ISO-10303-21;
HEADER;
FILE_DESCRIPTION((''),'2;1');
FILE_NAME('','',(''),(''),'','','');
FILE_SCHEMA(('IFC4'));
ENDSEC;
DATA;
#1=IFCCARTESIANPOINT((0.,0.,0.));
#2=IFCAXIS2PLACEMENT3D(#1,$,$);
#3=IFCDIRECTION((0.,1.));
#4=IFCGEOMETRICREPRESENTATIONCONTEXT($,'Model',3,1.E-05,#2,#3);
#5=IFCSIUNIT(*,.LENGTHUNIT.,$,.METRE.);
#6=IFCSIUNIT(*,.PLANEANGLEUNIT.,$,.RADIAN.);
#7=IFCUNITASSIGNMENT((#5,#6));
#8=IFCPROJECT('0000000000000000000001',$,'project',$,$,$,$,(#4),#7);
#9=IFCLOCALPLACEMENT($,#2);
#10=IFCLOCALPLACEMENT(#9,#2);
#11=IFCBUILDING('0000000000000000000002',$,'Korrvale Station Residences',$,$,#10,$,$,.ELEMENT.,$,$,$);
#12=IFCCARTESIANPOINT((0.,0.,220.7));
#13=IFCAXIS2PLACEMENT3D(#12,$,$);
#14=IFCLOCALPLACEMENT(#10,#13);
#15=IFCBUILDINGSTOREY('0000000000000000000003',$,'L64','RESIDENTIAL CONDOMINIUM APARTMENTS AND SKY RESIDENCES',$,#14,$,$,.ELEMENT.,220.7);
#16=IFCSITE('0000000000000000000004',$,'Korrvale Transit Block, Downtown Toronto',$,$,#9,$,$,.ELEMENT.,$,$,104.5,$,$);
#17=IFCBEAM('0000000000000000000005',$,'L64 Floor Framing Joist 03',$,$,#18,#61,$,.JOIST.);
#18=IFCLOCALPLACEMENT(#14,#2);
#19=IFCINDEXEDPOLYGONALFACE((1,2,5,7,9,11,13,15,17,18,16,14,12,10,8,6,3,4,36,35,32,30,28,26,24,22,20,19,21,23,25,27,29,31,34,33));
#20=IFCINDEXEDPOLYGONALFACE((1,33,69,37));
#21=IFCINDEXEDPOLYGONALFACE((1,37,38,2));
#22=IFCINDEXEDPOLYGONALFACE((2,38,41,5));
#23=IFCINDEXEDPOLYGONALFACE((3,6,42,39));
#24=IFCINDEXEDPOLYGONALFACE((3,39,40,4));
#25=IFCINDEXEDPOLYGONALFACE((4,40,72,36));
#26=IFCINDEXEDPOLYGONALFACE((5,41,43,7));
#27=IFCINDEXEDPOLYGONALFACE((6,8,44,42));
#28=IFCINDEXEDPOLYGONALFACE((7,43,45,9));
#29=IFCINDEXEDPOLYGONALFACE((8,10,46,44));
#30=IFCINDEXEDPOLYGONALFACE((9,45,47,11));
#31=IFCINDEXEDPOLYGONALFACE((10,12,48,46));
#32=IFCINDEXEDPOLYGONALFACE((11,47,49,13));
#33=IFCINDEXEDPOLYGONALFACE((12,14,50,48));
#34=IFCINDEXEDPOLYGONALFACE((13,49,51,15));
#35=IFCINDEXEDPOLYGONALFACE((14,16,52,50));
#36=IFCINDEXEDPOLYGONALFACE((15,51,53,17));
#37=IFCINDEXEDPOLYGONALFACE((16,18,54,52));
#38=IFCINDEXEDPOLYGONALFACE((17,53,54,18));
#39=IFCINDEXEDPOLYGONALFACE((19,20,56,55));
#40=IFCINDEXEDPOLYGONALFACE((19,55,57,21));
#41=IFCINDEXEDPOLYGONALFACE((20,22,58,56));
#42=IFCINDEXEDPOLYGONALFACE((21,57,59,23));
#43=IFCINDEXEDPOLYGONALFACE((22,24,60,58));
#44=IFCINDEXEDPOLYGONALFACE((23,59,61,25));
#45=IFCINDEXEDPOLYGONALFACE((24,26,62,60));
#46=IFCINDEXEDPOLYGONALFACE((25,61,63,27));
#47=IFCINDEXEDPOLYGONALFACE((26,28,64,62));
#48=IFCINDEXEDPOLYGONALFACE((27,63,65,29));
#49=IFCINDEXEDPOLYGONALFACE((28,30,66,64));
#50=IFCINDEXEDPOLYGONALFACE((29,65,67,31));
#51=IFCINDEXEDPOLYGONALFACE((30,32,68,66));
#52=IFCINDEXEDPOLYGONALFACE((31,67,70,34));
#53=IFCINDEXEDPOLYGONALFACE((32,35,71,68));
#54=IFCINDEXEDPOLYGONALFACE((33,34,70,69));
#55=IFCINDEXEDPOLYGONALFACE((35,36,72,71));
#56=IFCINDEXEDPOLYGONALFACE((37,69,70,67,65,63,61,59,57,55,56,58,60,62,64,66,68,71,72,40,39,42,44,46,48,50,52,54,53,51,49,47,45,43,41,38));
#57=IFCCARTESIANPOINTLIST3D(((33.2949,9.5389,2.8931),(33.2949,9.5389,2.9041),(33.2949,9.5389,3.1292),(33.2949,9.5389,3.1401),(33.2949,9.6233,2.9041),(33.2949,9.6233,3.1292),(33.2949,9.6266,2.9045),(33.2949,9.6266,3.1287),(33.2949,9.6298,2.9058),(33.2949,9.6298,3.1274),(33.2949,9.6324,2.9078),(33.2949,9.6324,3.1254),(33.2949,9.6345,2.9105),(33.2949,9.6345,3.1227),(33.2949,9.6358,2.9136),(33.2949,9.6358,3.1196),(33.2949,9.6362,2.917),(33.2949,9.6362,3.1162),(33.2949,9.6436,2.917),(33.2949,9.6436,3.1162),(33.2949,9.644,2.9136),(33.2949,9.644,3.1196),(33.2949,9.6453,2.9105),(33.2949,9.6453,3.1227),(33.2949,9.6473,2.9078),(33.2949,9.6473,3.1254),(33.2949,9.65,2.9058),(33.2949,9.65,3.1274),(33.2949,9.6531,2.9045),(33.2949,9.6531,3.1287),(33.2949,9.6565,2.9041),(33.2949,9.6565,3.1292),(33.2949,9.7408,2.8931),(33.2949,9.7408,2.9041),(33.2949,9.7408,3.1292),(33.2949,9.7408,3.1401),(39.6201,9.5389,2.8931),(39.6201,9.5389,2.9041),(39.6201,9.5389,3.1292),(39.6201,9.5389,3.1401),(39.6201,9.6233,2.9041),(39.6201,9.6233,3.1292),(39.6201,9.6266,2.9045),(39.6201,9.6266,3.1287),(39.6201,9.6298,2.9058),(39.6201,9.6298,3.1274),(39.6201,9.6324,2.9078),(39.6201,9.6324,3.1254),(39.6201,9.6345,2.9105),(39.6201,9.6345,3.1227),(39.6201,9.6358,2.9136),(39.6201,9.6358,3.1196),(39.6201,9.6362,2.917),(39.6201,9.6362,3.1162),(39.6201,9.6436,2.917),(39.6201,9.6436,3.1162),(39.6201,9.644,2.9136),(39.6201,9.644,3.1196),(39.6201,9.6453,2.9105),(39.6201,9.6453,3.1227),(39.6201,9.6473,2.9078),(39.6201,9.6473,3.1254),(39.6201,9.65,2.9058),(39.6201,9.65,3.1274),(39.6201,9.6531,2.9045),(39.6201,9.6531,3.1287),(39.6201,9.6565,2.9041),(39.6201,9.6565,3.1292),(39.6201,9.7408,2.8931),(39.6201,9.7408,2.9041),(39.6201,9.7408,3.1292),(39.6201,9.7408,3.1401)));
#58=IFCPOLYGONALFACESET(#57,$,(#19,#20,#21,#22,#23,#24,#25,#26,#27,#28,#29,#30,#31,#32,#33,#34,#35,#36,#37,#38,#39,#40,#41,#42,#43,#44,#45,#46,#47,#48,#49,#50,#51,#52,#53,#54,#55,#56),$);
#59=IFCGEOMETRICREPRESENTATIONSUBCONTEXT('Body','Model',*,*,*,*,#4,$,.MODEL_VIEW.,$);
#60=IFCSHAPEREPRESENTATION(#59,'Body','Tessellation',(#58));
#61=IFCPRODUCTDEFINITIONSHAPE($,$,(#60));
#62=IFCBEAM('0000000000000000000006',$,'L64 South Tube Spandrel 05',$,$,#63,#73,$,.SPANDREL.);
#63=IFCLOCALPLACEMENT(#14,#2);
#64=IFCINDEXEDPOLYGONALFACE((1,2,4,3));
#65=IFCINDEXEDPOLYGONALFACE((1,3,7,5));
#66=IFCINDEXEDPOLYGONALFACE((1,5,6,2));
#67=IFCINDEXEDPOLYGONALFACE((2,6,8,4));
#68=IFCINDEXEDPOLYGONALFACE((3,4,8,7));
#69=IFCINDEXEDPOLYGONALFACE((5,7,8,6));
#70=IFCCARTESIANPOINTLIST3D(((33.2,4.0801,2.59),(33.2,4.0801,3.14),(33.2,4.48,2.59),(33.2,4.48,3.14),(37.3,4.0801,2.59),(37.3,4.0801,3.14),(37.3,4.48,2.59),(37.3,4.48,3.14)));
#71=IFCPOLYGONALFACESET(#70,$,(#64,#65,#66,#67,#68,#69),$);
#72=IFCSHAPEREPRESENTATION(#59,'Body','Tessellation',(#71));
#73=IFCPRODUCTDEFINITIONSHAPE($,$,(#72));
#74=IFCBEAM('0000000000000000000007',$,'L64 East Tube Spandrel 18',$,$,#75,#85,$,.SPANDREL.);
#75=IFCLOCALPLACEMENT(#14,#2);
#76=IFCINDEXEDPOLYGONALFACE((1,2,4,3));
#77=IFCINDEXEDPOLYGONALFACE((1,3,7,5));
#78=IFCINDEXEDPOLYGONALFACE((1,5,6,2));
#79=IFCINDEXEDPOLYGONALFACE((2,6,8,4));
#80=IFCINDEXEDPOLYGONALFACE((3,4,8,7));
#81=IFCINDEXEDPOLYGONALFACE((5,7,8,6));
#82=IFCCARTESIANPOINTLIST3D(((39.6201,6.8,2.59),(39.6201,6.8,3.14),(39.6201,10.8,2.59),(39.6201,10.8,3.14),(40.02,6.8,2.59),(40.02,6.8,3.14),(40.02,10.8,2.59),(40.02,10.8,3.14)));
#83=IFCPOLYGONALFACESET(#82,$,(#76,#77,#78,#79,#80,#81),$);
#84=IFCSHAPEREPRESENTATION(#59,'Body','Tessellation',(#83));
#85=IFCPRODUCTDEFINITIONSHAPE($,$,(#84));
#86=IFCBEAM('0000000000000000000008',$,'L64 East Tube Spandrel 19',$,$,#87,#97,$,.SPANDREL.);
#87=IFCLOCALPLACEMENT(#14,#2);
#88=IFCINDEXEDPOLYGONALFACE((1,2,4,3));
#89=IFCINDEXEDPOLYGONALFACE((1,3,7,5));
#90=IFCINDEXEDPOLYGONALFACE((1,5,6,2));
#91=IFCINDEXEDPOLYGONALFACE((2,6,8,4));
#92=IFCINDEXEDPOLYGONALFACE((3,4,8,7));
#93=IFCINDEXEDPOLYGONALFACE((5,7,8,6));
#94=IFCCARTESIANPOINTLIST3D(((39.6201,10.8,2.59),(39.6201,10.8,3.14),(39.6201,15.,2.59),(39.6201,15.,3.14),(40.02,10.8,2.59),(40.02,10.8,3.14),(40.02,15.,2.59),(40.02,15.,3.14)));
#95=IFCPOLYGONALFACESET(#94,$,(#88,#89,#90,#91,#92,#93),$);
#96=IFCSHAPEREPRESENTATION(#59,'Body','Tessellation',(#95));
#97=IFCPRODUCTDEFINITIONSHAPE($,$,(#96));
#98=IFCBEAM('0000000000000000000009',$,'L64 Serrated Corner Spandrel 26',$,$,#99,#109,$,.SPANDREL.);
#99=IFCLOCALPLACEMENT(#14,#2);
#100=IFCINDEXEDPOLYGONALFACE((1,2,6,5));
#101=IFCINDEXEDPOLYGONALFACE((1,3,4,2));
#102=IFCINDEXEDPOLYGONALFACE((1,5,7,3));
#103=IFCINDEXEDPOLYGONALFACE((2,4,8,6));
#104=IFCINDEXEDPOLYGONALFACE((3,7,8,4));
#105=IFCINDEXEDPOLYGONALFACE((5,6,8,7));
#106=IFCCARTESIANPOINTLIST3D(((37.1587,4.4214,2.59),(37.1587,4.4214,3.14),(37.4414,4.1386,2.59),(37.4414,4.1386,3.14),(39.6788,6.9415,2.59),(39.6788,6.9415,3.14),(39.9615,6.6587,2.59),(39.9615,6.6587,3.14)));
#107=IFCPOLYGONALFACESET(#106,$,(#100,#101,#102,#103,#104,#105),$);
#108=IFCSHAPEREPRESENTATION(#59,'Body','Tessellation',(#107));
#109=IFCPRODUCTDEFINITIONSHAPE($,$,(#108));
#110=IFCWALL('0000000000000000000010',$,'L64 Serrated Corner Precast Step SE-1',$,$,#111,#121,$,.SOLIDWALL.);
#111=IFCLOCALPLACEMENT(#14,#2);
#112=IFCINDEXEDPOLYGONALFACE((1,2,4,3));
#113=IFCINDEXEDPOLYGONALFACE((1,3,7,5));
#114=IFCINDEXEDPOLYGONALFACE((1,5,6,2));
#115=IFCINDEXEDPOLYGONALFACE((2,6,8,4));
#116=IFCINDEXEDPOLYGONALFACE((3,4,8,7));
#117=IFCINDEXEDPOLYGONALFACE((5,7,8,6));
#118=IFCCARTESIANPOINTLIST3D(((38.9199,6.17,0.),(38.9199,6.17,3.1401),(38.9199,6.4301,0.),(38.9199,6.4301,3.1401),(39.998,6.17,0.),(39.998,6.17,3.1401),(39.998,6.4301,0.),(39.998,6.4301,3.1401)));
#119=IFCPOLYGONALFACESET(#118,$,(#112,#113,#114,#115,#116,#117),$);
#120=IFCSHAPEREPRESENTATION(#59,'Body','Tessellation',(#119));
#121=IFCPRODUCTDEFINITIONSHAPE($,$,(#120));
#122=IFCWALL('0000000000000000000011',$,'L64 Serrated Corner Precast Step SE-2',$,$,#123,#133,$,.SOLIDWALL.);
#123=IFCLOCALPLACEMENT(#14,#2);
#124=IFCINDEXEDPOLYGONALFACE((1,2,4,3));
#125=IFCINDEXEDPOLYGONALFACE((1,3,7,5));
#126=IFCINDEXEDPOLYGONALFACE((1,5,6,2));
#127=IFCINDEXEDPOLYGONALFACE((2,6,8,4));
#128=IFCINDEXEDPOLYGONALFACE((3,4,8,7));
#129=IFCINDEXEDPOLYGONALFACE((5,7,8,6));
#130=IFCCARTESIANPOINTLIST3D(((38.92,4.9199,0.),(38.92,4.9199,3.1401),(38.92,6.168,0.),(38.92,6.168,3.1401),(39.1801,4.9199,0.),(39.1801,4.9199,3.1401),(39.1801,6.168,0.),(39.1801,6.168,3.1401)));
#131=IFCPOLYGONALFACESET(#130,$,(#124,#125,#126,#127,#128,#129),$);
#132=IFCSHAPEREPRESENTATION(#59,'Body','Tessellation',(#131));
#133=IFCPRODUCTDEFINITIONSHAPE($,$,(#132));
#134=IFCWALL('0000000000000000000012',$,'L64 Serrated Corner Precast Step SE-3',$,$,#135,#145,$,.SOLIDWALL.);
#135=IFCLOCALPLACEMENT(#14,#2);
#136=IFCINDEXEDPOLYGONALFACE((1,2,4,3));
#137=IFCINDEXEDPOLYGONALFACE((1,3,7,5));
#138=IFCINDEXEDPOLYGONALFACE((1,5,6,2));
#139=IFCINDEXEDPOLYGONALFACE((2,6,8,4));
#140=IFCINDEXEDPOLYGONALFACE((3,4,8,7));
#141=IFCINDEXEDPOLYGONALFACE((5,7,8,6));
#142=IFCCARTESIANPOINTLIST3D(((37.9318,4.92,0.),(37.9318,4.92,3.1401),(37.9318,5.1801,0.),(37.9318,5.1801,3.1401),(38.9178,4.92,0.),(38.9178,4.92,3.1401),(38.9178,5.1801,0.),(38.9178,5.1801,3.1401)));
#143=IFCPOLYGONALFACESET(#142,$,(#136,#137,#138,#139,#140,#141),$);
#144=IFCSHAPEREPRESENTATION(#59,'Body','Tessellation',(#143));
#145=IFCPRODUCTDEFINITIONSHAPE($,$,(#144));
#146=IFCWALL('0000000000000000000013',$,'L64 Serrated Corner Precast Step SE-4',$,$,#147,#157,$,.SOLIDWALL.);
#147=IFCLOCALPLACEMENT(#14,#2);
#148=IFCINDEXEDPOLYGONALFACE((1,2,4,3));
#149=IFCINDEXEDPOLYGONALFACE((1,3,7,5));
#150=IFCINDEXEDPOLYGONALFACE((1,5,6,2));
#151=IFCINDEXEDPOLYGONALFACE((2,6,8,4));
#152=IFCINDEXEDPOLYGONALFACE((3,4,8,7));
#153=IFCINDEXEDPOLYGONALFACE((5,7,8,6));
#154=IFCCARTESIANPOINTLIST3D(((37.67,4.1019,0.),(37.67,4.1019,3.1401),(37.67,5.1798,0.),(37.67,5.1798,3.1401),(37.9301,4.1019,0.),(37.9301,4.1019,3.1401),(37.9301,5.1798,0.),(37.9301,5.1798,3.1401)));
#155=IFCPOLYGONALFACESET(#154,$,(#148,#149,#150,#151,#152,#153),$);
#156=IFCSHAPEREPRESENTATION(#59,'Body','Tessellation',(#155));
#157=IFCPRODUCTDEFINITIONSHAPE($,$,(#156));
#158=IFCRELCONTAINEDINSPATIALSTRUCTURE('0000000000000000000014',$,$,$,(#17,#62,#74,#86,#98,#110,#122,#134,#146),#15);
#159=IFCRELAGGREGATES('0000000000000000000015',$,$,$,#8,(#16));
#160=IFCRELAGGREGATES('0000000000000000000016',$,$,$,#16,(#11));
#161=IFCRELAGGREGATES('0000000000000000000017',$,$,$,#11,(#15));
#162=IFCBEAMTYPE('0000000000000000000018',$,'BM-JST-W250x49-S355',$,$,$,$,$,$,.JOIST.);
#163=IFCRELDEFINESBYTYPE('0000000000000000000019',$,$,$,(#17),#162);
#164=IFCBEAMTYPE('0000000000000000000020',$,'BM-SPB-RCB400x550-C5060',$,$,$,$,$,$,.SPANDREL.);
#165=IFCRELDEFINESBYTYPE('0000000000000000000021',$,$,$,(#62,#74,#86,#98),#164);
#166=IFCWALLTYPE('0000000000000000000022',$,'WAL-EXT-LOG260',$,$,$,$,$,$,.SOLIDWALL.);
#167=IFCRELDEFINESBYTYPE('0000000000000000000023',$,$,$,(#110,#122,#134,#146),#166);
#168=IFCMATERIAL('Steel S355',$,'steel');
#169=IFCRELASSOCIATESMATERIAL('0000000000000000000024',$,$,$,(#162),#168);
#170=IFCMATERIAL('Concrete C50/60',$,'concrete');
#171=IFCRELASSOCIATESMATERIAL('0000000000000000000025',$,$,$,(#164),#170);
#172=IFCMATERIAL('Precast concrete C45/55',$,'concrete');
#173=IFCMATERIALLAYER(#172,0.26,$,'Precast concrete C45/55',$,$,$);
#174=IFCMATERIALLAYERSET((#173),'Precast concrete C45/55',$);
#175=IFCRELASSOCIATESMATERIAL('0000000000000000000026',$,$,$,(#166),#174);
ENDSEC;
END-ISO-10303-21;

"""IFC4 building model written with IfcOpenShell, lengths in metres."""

from ifc_helpers import new_model, si_unit, direction, frame, frame_2d, origin, origin_2d, place, context, subcontext, project, spatial, rectangle, i_section, extrude, material, layer, layer_set, material_profile, profile_set, type_object, element, save


model = new_model("IFC4")

# Units and contexts
model_context = context("Model", 3, precision=1e-05, world=origin(), true_north=direction((0.0, 1.0)))
body_context = subcontext(model_context, "Body", "Model", "MODEL_VIEW")
ifc_project = project(units=[si_unit("LENGTHUNIT", "METRE"), si_unit("PLANEANGLEUNIT", "RADIAN")], contexts=[model_context])

# Site, building, storey
site_placement = place(None, origin())
site = spatial("IfcSite", under=ifc_project, at=site_placement, Name="Korrvale Transit Block, Downtown Toronto", CompositionType="ELEMENT", RefElevation=104.5)
building_placement = place(site_placement, origin())
building = spatial("IfcBuilding", under=site, at=building_placement, Name="Korrvale Station Residences", CompositionType="ELEMENT")
storey_placement = place(building_placement, frame((0.0, 0.0, 220.7)))
storey = spatial("IfcBuildingStorey", under=building, at=storey_placement, Name="L64", Description="RESIDENTIAL CONDOMINIUM APARTMENTS AND SKY RESIDENCES", CompositionType="ELEMENT", Elevation=220.7)

# Shared definitions
ifc_material_1 = material(Name="Concrete C50/60", Category="concrete")

# Beams
ifc_material_2 = material(Name="Steel S355", Category="steel")
ifc_material_profile_1 = material_profile(ifc_material_2, i_section(OverallWidth=0.2019, OverallDepth=0.2471, WebThickness=0.0073, FlangeThickness=0.011, FilletRadius=0.0129, at=origin_2d()), Name="W250x49")
ifc_profile_set_1 = profile_set([ifc_material_profile_1], Name="Steel S355")
beam_type_1 = type_object("IfcBeamType", Name="BM-JST-W250x49-S355", PredefinedType="JOIST", material=ifc_profile_set_1)
beam_1_placement = place(storey_placement, frame((33.2949, 9.6399, 3.0166), z_axis=(1.0, 0.0, 0.0), x_axis=(0.0, 1.0, 0.0)))
element("IfcBeam", 1, at=beam_1_placement, inside=storey, type_object=beam_type_1, Name="L64 Floor Framing Joist 03", PredefinedType="JOIST", context=body_context, shape_type="SweptSolid", body=[
    extrude(i_section(OverallWidth=0.2019, OverallDepth=0.2471, WebThickness=0.0073, FlangeThickness=0.011, FilletRadius=0.0129, at=origin_2d()), origin(), (0.0, 0.0, 1.0), 6.3252),
])
ifc_material_profile_2 = material_profile(ifc_material_1, rectangle(XDim=0.3999, YDim=0.55, at=origin_2d()), Name="RCB400x550")
ifc_profile_set_2 = profile_set([ifc_material_profile_2], Name="Concrete C50/60")
beam_type_2 = type_object("IfcBeamType", Name="BM-SPB-RCB400x550-C5060", PredefinedType="SPANDREL", material=ifc_profile_set_2)
beam_2_placement = place(storey_placement, frame((33.2, 4.28, 2.865), z_axis=(1.0, 0.0, 0.0), x_axis=(0.0, 1.0, 0.0)))
element("IfcBeam", 2, at=beam_2_placement, inside=storey, type_object=beam_type_2, Name="L64 South Tube Spandrel 05", PredefinedType="SPANDREL", context=body_context, shape_type="SweptSolid", body=[
    extrude(rectangle(XDim=0.3999, YDim=0.55, at=origin_2d()), origin(), (0.0, 0.0, 1.0), 4.1001),
])
beam_3_placement = place(storey_placement, frame((39.8201, 6.8, 2.865), z_axis=(0.0, 1.0, 0.0), x_axis=(-1.0, 0.0, 0.0)))
element("IfcBeam", 3, at=beam_3_placement, inside=storey, type_object=beam_type_2, Name="L64 East Tube Spandrel 18", PredefinedType="SPANDREL", context=body_context, shape_type="SweptSolid", body=[
    extrude(rectangle(XDim=0.3999, YDim=0.55, at=origin_2d()), origin(), (0.0, 0.0, 1.0), 4.0),
])
beam_4_placement = place(storey_placement, frame((39.8201, 10.8, 2.865), z_axis=(0.0, 1.0, 0.0), x_axis=(-1.0, 0.0, 0.0)))
element("IfcBeam", 4, at=beam_4_placement, inside=storey, type_object=beam_type_2, Name="L64 East Tube Spandrel 19", PredefinedType="SPANDREL", context=body_context, shape_type="SweptSolid", body=[
    extrude(rectangle(XDim=0.3999, YDim=0.55, at=origin_2d()), origin(), (0.0, 0.0, 1.0), 4.2),
])
beam_5_placement = place(storey_placement, frame((37.3, 4.28, 2.865), z_axis=(0.707107, 0.707107, 0.0), x_axis=(-0.707107, 0.707107, 0.0)))
element("IfcBeam", 5, at=beam_5_placement, inside=storey, type_object=beam_type_2, Name="L64 Serrated Corner Spandrel 26", PredefinedType="SPANDREL", context=body_context, shape_type="SweptSolid", body=[
    extrude(rectangle(XDim=0.3999, YDim=0.55, at=origin_2d()), origin(), (0.0, 0.0, 1.0), 3.564),
])

# Walls
ifc_material_3 = material(Name="Precast concrete C45/55", Category="concrete")
ifc_layer_1 = layer(ifc_material_3, 0.26, Name="Precast concrete C45/55")
ifc_layer_set_1 = layer_set([ifc_layer_1], Name="Precast concrete C45/55")
wall_type_1 = type_object("IfcWallType", Name="WAL-EXT-LOG260", PredefinedType="SOLIDWALL", material=ifc_layer_set_1)
wall_1_placement = place(storey_placement, frame((39.998, 6.3, 0.0), z_axis=(0.0, 0.0, 1.0), x_axis=(-1.0, 0.0, 0.0)))
element("IfcWall", 6, at=wall_1_placement, inside=storey, type_object=wall_type_1, Name="L64 Serrated Corner Precast Step SE-1", PredefinedType="SOLIDWALL", context=body_context, shape_type="SweptSolid", body=[
    extrude(rectangle(XDim=1.0781, YDim=0.26, at=frame_2d((0.5391, 0.0))), origin(), (0.0, 0.0, 1.0), 3.1401),
])
wall_2_placement = place(storey_placement, frame((39.05, 6.168, 0.0), z_axis=(0.0, 0.0, 1.0), x_axis=(0.0, -1.0, 0.0)))
element("IfcWall", 7, at=wall_2_placement, inside=storey, type_object=wall_type_1, Name="L64 Serrated Corner Precast Step SE-2", PredefinedType="SOLIDWALL", context=body_context, shape_type="SweptSolid", body=[
    extrude(rectangle(XDim=1.248, YDim=0.26, at=frame_2d((0.624, 0.0))), origin(), (0.0, 0.0, 1.0), 3.1401),
])
wall_3_placement = place(storey_placement, frame((38.918, 5.05, 0.0), z_axis=(0.0, 0.0, 1.0), x_axis=(-1.0, 0.0, 0.0)))
element("IfcWall", 8, at=wall_3_placement, inside=storey, type_object=wall_type_1, Name="L64 Serrated Corner Precast Step SE-3", PredefinedType="SOLIDWALL", context=body_context, shape_type="SweptSolid", body=[
    extrude(rectangle(XDim=0.9861, YDim=0.26, at=frame_2d((0.4932, 0.0))), origin(), (0.0, 0.0, 1.0), 3.1401),
])
wall_4_placement = place(storey_placement, frame((37.8, 5.1799, 0.0), z_axis=(0.0, 0.0, 1.0), x_axis=(0.0, -1.0, 0.0)))
element("IfcWall", 9, at=wall_4_placement, inside=storey, type_object=wall_type_1, Name="L64 Serrated Corner Precast Step SE-4", PredefinedType="SOLIDWALL", context=body_context, shape_type="SweptSolid", body=[
    extrude(rectangle(XDim=1.0779, YDim=0.26, at=frame_2d((0.5391, 0.0))), origin(), (0.0, 0.0, 1.0), 3.1401),
])

save(model, "model.ifc")
